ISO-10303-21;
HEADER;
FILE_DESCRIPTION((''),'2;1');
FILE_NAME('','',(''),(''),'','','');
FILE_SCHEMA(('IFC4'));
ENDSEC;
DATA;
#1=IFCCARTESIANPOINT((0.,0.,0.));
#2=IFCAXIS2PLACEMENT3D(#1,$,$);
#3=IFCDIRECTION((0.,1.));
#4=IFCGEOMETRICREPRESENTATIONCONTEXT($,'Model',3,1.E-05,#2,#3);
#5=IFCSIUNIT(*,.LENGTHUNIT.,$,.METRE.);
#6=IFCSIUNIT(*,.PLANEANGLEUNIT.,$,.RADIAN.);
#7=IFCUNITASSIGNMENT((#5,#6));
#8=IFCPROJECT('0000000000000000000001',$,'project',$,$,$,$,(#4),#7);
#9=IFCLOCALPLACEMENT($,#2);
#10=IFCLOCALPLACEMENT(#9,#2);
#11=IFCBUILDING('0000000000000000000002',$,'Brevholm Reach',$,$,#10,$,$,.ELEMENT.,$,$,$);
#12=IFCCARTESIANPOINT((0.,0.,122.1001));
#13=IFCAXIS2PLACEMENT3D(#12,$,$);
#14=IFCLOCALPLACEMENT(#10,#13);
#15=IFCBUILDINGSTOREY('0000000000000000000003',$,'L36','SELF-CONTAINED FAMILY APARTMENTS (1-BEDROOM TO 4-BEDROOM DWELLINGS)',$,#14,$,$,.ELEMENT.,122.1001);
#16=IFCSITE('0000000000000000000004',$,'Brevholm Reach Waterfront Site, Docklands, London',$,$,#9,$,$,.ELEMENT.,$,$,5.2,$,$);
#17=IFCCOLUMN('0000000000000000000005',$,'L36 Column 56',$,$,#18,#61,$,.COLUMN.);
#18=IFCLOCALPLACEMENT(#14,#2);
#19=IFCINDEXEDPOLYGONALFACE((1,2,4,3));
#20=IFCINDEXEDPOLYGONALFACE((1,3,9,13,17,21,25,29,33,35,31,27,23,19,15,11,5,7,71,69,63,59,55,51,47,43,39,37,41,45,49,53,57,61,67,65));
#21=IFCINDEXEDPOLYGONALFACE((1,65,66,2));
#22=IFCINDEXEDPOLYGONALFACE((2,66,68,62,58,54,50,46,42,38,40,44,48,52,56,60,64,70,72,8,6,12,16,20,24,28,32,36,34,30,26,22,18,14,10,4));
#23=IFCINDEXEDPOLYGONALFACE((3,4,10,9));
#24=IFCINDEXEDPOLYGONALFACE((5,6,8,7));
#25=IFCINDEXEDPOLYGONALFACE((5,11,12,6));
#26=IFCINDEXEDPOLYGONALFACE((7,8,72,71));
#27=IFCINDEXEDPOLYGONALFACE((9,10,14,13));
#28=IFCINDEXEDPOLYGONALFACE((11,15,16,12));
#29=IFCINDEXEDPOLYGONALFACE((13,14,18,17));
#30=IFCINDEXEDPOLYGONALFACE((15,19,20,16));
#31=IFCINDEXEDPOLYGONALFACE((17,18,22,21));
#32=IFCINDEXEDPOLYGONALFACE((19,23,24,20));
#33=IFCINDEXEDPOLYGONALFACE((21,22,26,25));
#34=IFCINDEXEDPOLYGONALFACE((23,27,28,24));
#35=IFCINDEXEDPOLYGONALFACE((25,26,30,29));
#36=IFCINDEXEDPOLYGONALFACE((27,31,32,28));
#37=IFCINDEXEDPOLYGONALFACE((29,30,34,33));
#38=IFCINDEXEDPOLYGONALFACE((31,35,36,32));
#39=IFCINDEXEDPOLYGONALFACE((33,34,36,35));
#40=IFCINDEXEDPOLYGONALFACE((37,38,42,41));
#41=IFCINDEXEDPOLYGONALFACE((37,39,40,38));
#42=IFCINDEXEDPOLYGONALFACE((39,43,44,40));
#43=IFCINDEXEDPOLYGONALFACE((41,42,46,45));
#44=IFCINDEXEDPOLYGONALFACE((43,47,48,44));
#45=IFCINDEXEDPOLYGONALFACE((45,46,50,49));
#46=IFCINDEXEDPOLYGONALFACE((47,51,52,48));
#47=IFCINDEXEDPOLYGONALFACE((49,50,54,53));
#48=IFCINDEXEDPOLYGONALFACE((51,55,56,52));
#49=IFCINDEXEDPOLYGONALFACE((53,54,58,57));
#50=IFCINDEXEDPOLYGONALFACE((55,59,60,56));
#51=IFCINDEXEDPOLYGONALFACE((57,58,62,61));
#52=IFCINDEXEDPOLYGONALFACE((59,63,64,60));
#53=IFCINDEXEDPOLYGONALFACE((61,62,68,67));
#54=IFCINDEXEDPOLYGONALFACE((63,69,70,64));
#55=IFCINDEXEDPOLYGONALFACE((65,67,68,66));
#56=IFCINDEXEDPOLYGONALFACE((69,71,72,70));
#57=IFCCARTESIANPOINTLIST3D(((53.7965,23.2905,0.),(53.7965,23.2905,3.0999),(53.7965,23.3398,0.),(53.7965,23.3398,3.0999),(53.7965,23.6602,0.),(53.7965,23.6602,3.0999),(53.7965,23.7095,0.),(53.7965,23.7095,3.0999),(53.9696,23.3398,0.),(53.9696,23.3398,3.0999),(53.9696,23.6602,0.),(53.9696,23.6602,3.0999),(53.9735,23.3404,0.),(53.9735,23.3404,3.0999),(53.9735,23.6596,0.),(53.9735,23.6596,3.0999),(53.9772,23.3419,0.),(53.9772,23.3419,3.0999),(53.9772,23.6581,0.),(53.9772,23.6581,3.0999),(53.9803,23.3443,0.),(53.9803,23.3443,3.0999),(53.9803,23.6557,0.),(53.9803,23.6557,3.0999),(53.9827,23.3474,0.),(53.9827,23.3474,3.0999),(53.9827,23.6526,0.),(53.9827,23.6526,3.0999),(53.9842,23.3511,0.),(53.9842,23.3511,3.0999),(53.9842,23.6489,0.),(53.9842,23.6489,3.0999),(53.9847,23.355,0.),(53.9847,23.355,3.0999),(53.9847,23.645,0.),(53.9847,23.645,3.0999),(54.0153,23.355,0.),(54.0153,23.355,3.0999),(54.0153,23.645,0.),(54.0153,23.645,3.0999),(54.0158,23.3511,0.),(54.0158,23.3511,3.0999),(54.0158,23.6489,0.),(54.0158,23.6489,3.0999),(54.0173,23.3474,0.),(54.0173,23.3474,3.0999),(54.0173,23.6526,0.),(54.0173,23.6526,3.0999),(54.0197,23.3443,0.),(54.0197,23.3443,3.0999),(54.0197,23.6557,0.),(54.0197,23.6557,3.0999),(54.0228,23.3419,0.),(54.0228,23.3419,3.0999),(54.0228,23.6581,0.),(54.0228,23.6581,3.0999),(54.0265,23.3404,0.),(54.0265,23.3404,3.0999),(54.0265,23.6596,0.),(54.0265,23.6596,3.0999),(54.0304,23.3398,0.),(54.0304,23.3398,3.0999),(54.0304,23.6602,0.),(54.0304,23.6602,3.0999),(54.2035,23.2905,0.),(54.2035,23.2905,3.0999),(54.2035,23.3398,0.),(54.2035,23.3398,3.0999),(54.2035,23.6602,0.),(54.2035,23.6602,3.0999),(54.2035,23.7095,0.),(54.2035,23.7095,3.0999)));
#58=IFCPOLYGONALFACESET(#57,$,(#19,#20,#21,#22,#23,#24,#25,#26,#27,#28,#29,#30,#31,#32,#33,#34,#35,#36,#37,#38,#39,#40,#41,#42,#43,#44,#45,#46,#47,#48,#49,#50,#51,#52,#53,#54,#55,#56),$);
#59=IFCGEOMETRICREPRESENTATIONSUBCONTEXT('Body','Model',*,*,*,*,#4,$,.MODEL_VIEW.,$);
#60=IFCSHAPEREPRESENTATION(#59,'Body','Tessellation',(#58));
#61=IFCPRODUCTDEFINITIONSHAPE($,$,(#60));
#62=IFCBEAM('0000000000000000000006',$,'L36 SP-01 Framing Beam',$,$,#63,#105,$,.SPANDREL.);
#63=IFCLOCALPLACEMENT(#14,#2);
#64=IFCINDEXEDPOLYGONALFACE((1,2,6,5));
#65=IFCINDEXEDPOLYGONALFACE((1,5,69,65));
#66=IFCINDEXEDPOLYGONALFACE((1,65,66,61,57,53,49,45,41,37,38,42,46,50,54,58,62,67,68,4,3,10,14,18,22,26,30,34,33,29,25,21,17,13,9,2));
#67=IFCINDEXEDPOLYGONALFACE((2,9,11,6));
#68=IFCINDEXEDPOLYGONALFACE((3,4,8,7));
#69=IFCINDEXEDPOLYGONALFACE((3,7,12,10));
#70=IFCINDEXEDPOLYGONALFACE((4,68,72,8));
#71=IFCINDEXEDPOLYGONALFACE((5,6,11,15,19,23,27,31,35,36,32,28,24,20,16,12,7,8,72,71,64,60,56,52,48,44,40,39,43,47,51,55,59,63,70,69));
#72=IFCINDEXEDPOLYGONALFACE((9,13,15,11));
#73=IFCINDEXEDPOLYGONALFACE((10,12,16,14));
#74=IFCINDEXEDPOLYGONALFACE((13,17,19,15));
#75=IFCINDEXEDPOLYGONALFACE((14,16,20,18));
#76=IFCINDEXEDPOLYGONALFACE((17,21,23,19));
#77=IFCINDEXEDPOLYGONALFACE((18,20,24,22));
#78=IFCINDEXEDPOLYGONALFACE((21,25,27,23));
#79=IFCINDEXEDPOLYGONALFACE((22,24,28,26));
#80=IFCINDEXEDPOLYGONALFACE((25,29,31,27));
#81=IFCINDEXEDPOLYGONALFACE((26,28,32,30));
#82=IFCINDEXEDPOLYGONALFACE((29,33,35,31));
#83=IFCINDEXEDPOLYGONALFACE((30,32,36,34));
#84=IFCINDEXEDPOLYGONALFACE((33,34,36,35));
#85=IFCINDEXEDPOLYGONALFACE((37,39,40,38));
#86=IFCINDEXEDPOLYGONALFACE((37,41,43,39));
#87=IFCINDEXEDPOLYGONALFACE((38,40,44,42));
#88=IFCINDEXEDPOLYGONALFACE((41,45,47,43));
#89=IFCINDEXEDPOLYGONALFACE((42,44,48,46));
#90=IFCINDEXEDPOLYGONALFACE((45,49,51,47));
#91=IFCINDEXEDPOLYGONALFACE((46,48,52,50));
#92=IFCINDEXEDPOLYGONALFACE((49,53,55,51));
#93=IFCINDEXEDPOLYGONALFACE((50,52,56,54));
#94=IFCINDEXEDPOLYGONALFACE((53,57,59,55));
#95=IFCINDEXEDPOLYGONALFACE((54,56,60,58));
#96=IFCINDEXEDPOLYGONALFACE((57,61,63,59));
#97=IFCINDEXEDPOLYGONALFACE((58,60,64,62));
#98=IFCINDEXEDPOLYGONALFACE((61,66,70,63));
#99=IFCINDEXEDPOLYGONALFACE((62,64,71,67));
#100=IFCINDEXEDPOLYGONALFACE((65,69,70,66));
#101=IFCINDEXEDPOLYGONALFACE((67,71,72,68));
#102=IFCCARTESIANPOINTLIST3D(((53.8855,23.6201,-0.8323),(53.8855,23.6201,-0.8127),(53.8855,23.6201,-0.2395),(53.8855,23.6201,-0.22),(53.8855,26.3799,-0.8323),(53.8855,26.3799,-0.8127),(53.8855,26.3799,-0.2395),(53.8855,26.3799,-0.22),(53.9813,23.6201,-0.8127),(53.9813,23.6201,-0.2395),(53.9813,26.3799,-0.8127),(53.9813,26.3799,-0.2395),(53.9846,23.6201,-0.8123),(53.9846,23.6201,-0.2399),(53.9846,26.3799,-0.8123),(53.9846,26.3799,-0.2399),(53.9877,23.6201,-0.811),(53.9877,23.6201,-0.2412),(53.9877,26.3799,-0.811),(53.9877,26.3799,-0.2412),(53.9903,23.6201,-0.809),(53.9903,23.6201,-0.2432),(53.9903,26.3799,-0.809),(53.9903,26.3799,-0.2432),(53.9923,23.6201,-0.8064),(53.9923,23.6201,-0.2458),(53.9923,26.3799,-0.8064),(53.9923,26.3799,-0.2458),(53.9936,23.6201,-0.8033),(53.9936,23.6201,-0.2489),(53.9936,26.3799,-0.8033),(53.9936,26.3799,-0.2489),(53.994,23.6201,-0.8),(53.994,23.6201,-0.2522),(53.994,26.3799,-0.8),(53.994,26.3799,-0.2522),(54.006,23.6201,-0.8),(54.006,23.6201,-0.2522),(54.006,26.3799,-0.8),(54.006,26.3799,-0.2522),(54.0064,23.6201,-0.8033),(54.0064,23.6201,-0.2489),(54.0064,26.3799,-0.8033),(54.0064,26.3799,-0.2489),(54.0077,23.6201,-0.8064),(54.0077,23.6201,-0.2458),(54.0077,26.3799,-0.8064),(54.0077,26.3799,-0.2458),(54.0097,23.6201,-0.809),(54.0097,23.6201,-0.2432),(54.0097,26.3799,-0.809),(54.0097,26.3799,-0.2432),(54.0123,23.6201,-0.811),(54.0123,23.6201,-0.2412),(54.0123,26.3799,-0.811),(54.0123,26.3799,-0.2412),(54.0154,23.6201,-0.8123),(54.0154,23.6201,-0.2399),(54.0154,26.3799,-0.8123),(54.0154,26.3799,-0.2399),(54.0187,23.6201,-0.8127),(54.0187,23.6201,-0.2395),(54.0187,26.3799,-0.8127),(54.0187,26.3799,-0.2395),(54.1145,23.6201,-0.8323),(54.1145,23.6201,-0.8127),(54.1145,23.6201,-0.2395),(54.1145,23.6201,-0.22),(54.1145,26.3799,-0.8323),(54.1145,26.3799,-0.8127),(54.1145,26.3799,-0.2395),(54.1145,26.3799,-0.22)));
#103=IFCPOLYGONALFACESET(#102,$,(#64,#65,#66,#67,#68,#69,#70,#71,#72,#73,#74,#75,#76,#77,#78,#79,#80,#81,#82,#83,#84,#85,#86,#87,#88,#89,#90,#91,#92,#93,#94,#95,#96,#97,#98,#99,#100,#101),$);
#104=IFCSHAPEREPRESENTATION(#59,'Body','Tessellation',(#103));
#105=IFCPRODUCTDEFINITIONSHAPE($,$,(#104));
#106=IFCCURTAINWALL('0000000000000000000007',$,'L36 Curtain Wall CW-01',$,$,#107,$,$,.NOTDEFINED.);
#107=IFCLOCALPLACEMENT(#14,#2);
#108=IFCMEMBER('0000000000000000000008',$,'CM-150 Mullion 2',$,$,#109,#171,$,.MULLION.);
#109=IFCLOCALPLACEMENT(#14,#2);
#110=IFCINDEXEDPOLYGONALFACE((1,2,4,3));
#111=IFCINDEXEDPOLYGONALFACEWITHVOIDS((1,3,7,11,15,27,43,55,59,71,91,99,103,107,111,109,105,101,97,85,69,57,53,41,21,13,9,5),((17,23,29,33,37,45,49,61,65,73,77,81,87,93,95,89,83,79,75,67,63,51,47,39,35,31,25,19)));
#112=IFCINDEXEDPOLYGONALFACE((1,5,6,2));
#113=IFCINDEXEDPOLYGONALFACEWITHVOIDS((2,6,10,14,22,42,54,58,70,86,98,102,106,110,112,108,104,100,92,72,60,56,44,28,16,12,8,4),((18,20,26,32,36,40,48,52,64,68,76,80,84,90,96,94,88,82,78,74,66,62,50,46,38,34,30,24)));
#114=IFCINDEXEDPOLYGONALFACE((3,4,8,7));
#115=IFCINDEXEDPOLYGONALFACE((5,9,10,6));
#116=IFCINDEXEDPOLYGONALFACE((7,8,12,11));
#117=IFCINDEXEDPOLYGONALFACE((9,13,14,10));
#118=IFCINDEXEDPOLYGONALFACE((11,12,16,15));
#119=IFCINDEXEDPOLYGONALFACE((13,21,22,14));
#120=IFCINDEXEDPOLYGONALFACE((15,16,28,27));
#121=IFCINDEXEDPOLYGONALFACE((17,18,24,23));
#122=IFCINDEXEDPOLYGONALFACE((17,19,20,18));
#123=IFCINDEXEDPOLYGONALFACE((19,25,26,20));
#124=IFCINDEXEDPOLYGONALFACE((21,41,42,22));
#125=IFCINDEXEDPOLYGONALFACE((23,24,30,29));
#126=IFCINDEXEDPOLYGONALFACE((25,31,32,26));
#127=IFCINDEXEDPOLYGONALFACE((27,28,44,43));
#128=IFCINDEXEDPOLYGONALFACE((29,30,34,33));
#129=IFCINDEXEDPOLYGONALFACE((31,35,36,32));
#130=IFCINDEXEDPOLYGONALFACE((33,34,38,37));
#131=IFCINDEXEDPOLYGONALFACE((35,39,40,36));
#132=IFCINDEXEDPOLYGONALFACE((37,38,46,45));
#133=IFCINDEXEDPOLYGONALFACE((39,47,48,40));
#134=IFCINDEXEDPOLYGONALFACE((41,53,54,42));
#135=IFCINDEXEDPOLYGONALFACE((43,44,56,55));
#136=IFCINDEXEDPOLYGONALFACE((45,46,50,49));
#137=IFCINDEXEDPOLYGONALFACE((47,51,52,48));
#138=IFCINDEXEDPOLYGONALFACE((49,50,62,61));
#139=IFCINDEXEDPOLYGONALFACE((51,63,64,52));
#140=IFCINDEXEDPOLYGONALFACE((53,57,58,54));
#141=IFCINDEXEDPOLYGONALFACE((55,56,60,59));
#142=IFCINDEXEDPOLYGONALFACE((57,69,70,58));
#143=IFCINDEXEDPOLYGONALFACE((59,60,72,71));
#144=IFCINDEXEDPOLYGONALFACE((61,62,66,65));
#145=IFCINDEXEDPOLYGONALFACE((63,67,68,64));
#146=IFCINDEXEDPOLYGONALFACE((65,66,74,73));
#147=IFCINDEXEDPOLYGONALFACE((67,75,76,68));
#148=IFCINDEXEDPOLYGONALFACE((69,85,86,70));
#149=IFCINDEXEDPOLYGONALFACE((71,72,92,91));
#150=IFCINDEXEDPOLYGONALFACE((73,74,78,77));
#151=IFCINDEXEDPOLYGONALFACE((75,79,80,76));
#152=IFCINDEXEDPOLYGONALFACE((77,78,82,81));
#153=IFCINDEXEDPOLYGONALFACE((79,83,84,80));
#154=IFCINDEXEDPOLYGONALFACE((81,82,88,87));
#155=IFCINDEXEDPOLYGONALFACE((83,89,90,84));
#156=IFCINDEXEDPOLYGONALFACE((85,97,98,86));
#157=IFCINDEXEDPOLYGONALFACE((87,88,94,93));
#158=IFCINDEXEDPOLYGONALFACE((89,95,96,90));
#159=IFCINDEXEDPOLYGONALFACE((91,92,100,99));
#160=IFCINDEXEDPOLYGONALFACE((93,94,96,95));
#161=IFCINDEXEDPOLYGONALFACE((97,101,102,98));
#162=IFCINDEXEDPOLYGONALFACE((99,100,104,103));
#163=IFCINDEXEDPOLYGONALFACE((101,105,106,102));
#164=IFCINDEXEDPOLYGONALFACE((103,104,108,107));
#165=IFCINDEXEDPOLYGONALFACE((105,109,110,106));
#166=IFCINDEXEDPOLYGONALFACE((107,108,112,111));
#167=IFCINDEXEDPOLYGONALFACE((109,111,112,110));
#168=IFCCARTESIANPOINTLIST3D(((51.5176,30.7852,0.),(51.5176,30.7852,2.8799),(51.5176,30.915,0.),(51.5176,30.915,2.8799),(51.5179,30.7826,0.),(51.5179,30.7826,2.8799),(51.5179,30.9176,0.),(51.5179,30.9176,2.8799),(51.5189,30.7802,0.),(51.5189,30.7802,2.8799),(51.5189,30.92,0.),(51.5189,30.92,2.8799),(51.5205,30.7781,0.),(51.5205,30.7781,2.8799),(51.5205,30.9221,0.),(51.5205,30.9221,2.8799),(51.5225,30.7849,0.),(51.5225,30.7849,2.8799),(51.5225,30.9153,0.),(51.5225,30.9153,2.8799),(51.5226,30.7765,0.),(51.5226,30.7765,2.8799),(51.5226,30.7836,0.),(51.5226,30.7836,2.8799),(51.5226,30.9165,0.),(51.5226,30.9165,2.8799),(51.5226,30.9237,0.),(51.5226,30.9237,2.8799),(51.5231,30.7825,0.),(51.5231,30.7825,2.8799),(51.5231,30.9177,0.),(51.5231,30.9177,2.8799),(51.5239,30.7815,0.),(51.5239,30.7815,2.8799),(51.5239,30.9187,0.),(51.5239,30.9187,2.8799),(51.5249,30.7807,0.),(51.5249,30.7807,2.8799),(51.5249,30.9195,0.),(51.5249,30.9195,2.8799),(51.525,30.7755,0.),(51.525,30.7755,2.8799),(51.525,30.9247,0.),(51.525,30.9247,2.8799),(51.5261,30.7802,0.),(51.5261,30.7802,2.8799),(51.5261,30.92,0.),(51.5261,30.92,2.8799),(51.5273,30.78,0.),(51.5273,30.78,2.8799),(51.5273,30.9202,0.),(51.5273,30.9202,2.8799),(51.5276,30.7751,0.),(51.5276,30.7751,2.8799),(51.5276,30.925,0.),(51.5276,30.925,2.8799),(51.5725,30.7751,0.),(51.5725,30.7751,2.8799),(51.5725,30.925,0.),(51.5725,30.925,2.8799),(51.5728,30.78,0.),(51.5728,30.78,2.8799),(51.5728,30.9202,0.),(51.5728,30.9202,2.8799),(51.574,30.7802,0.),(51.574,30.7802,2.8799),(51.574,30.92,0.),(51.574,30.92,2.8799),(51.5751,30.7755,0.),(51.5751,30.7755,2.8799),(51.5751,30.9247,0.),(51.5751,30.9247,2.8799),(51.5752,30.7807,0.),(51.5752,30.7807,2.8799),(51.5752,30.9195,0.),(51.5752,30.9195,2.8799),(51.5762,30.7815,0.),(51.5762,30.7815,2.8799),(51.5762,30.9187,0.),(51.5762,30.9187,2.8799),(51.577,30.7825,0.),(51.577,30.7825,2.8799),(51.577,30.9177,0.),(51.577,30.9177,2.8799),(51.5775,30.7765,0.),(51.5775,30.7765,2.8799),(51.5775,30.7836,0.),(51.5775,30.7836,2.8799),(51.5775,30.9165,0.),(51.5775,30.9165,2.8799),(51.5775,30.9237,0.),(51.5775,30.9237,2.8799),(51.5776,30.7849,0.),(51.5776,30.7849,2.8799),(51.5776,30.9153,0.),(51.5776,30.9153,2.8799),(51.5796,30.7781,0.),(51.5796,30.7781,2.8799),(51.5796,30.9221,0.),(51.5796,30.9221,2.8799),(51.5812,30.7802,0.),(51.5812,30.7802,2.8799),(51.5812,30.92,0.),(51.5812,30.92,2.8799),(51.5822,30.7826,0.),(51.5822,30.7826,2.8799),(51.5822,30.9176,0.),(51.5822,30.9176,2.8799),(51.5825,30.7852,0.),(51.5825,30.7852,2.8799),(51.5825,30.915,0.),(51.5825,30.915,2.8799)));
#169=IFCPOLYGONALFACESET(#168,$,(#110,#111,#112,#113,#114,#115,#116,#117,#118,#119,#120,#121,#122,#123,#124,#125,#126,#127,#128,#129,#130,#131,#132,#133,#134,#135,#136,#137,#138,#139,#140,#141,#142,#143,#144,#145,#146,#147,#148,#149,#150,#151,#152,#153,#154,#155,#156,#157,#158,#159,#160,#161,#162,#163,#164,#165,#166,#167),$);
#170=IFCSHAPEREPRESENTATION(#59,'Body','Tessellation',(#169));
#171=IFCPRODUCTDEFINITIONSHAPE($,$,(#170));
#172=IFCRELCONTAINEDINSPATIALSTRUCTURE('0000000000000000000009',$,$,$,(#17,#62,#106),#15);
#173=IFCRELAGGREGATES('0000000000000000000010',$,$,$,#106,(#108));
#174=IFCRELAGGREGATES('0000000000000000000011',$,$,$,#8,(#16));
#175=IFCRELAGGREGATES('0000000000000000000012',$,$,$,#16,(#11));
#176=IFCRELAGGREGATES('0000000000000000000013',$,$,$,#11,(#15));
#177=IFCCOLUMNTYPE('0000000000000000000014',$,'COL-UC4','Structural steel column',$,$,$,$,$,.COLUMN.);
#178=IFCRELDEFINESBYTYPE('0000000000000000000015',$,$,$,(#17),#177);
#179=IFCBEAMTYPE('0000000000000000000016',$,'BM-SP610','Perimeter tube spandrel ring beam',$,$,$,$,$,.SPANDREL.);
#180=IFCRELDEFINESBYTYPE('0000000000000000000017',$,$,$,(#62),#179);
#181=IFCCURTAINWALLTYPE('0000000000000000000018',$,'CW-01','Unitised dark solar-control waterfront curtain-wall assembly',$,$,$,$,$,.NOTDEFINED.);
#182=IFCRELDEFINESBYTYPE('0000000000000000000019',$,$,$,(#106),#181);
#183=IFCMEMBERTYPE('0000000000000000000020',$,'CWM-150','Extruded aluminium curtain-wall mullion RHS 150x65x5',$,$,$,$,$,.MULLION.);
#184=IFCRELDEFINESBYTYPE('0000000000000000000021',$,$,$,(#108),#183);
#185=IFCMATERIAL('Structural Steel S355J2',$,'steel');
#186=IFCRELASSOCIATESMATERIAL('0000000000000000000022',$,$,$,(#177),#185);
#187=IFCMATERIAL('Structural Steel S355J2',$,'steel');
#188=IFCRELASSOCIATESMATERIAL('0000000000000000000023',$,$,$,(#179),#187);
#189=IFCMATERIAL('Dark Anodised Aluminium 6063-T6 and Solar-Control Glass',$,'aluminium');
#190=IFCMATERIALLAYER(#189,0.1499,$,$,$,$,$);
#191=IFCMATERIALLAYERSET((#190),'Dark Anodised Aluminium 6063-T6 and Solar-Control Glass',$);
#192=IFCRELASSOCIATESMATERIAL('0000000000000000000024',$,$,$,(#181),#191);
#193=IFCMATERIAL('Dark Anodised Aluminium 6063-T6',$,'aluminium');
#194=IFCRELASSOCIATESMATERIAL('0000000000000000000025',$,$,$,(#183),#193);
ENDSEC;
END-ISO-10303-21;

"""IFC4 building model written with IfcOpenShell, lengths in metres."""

from ifc_helpers import new_model, si_unit, direction, frame, origin, origin_2d, place, context, subcontext, project, spatial, hollow_rectangle, i_section, extrude, material, layer, layer_set, material_profile, profile_set, type_object, element, aggregate, save


model = new_model("IFC4")

# Units and contexts
model_context = context("Model", 3, precision=1e-05, world=origin(), true_north=direction((0.0, 1.0)))
body_context = subcontext(model_context, "Body", "Model", "MODEL_VIEW")
ifc_project = project(units=[si_unit("LENGTHUNIT", "METRE"), si_unit("PLANEANGLEUNIT", "RADIAN")], contexts=[model_context])

# Site, building, storey
site_placement = place(None, origin())
site = spatial("IfcSite", under=ifc_project, at=site_placement, Name="Brevholm Reach Waterfront Site, Docklands, London", CompositionType="ELEMENT", RefElevation=5.2)
building_placement = place(site_placement, origin())
building = spatial("IfcBuilding", under=site, at=building_placement, Name="Brevholm Reach", CompositionType="ELEMENT")
storey_placement = place(building_placement, frame((0.0, 0.0, 122.1001)))
storey = spatial("IfcBuildingStorey", under=building, at=storey_placement, Name="L36", Description="SELF-CONTAINED FAMILY APARTMENTS (1-BEDROOM TO 4-BEDROOM DWELLINGS)", CompositionType="ELEMENT", Elevation=122.1001)

# Column
ifc_material_1 = material(Name="Structural Steel S355J2", Category="steel")
ifc_material_profile_1 = material_profile(ifc_material_1, i_section(OverallWidth=0.407, OverallDepth=0.4189, WebThickness=0.0305, FlangeThickness=0.0493, FilletRadius=0.0151, at=origin_2d()), Name="UKC 356x406x393")
ifc_profile_set_1 = profile_set([ifc_material_profile_1], Name="Structural Steel S355J2")
column_type = type_object("IfcColumnType", Name="COL-UC4", Description="Structural steel column", PredefinedType="COLUMN", material=ifc_profile_set_1)
column_placement = place(storey_placement, frame((54.0, 23.5, 0.0), z_axis=(0.0, 0.0, 1.0), x_axis=(1.0, 0.0, 0.0)))
element("IfcColumn", 1, at=column_placement, inside=storey, type_object=column_type, Name="L36 Column 56", PredefinedType="COLUMN", context=body_context, shape_type="SweptSolid", body=[
    extrude(i_section(OverallWidth=0.407, OverallDepth=0.4189, WebThickness=0.0305, FlangeThickness=0.0493, FilletRadius=0.0151, at=origin_2d()), origin(), (0.0, 0.0, 1.0), 3.0999),
])

# Beam
ifc_material_2 = material(Name="Structural Steel S355J2", Category="steel")
ifc_material_profile_2 = material_profile(ifc_material_2, i_section(OverallWidth=0.229, OverallDepth=0.6123, WebThickness=0.012, FlangeThickness=0.0195, FilletRadius=0.0127, at=origin_2d()), Name="UKB 610x229x125")
ifc_profile_set_2 = profile_set([ifc_material_profile_2], Name="Structural Steel S355J2")
beam_type = type_object("IfcBeamType", Name="BM-SP610", Description="Perimeter tube spandrel ring beam", PredefinedType="SPANDREL", material=ifc_profile_set_2)
beam_placement = place(storey_placement, frame((54.0, 23.6201, -0.5261), z_axis=(0.0, 1.0, 0.0), x_axis=(-1.0, 0.0, 0.0)))
element("IfcBeam", 2, at=beam_placement, inside=storey, type_object=beam_type, Name="L36 SP-01 Framing Beam", PredefinedType="SPANDREL", context=body_context, shape_type="SweptSolid", body=[
    extrude(i_section(OverallWidth=0.229, OverallDepth=0.6123, WebThickness=0.012, FlangeThickness=0.0195, FilletRadius=0.0127, at=origin_2d()), origin(), (0.0, 0.0, 1.0), 2.7598),
])

# Curtain wall, member
ifc_material_3 = material(Name="Dark Anodised Aluminium 6063-T6 and Solar-Control Glass", Category="aluminium")
ifc_layer_1 = layer(ifc_material_3, 0.1499)
ifc_layer_set_1 = layer_set([ifc_layer_1], Name="Dark Anodised Aluminium 6063-T6 and Solar-Control Glass")
curtain_wall_type = type_object("IfcCurtainWallType", Name="CW-01", Description="Unitised dark solar-control waterfront curtain-wall assembly", PredefinedType="NOTDEFINED", material=ifc_layer_set_1)
curtain_wall_placement = place(storey_placement, origin())
curtain_wall = element("IfcCurtainWall", 3, at=curtain_wall_placement, inside=storey, type_object=curtain_wall_type, Name="L36 Curtain Wall CW-01", PredefinedType="NOTDEFINED")
ifc_material_4 = material(Name="Dark Anodised Aluminium 6063-T6", Category="aluminium")
ifc_material_profile_3 = material_profile(ifc_material_4, hollow_rectangle(XDim=0.0649, YDim=0.1499, WallThickness=0.0049, InnerFilletRadius=0.0049, OuterFilletRadius=0.01, at=origin_2d()), Name="RHS 150x65x5")
ifc_profile_set_3 = profile_set([ifc_material_profile_3], Name="Dark Anodised Aluminium 6063-T6")
member_type_1 = type_object("IfcMemberType", Name="CWM-150", Description="Extruded aluminium curtain-wall mullion RHS 150x65x5", PredefinedType="MULLION", material=ifc_profile_set_3)
member_1_placement = place(storey_placement, frame((51.55, 30.8501, 0.0), z_axis=(0.0, 0.0, 1.0), x_axis=(1.0, 0.0, 0.0)))
member_1 = element("IfcMember", 4, at=member_1_placement, type_object=member_type_1, Name="CM-150 Mullion 2", PredefinedType="MULLION", context=body_context, shape_type="SweptSolid", body=[
    extrude(hollow_rectangle(XDim=0.0649, YDim=0.1499, WallThickness=0.0049, InnerFilletRadius=0.0049, OuterFilletRadius=0.01, at=origin_2d()), origin(), (0.0, 0.0, 1.0), 2.8799),
])
aggregate(curtain_wall, [member_1])

save(model, "model.ifc")
